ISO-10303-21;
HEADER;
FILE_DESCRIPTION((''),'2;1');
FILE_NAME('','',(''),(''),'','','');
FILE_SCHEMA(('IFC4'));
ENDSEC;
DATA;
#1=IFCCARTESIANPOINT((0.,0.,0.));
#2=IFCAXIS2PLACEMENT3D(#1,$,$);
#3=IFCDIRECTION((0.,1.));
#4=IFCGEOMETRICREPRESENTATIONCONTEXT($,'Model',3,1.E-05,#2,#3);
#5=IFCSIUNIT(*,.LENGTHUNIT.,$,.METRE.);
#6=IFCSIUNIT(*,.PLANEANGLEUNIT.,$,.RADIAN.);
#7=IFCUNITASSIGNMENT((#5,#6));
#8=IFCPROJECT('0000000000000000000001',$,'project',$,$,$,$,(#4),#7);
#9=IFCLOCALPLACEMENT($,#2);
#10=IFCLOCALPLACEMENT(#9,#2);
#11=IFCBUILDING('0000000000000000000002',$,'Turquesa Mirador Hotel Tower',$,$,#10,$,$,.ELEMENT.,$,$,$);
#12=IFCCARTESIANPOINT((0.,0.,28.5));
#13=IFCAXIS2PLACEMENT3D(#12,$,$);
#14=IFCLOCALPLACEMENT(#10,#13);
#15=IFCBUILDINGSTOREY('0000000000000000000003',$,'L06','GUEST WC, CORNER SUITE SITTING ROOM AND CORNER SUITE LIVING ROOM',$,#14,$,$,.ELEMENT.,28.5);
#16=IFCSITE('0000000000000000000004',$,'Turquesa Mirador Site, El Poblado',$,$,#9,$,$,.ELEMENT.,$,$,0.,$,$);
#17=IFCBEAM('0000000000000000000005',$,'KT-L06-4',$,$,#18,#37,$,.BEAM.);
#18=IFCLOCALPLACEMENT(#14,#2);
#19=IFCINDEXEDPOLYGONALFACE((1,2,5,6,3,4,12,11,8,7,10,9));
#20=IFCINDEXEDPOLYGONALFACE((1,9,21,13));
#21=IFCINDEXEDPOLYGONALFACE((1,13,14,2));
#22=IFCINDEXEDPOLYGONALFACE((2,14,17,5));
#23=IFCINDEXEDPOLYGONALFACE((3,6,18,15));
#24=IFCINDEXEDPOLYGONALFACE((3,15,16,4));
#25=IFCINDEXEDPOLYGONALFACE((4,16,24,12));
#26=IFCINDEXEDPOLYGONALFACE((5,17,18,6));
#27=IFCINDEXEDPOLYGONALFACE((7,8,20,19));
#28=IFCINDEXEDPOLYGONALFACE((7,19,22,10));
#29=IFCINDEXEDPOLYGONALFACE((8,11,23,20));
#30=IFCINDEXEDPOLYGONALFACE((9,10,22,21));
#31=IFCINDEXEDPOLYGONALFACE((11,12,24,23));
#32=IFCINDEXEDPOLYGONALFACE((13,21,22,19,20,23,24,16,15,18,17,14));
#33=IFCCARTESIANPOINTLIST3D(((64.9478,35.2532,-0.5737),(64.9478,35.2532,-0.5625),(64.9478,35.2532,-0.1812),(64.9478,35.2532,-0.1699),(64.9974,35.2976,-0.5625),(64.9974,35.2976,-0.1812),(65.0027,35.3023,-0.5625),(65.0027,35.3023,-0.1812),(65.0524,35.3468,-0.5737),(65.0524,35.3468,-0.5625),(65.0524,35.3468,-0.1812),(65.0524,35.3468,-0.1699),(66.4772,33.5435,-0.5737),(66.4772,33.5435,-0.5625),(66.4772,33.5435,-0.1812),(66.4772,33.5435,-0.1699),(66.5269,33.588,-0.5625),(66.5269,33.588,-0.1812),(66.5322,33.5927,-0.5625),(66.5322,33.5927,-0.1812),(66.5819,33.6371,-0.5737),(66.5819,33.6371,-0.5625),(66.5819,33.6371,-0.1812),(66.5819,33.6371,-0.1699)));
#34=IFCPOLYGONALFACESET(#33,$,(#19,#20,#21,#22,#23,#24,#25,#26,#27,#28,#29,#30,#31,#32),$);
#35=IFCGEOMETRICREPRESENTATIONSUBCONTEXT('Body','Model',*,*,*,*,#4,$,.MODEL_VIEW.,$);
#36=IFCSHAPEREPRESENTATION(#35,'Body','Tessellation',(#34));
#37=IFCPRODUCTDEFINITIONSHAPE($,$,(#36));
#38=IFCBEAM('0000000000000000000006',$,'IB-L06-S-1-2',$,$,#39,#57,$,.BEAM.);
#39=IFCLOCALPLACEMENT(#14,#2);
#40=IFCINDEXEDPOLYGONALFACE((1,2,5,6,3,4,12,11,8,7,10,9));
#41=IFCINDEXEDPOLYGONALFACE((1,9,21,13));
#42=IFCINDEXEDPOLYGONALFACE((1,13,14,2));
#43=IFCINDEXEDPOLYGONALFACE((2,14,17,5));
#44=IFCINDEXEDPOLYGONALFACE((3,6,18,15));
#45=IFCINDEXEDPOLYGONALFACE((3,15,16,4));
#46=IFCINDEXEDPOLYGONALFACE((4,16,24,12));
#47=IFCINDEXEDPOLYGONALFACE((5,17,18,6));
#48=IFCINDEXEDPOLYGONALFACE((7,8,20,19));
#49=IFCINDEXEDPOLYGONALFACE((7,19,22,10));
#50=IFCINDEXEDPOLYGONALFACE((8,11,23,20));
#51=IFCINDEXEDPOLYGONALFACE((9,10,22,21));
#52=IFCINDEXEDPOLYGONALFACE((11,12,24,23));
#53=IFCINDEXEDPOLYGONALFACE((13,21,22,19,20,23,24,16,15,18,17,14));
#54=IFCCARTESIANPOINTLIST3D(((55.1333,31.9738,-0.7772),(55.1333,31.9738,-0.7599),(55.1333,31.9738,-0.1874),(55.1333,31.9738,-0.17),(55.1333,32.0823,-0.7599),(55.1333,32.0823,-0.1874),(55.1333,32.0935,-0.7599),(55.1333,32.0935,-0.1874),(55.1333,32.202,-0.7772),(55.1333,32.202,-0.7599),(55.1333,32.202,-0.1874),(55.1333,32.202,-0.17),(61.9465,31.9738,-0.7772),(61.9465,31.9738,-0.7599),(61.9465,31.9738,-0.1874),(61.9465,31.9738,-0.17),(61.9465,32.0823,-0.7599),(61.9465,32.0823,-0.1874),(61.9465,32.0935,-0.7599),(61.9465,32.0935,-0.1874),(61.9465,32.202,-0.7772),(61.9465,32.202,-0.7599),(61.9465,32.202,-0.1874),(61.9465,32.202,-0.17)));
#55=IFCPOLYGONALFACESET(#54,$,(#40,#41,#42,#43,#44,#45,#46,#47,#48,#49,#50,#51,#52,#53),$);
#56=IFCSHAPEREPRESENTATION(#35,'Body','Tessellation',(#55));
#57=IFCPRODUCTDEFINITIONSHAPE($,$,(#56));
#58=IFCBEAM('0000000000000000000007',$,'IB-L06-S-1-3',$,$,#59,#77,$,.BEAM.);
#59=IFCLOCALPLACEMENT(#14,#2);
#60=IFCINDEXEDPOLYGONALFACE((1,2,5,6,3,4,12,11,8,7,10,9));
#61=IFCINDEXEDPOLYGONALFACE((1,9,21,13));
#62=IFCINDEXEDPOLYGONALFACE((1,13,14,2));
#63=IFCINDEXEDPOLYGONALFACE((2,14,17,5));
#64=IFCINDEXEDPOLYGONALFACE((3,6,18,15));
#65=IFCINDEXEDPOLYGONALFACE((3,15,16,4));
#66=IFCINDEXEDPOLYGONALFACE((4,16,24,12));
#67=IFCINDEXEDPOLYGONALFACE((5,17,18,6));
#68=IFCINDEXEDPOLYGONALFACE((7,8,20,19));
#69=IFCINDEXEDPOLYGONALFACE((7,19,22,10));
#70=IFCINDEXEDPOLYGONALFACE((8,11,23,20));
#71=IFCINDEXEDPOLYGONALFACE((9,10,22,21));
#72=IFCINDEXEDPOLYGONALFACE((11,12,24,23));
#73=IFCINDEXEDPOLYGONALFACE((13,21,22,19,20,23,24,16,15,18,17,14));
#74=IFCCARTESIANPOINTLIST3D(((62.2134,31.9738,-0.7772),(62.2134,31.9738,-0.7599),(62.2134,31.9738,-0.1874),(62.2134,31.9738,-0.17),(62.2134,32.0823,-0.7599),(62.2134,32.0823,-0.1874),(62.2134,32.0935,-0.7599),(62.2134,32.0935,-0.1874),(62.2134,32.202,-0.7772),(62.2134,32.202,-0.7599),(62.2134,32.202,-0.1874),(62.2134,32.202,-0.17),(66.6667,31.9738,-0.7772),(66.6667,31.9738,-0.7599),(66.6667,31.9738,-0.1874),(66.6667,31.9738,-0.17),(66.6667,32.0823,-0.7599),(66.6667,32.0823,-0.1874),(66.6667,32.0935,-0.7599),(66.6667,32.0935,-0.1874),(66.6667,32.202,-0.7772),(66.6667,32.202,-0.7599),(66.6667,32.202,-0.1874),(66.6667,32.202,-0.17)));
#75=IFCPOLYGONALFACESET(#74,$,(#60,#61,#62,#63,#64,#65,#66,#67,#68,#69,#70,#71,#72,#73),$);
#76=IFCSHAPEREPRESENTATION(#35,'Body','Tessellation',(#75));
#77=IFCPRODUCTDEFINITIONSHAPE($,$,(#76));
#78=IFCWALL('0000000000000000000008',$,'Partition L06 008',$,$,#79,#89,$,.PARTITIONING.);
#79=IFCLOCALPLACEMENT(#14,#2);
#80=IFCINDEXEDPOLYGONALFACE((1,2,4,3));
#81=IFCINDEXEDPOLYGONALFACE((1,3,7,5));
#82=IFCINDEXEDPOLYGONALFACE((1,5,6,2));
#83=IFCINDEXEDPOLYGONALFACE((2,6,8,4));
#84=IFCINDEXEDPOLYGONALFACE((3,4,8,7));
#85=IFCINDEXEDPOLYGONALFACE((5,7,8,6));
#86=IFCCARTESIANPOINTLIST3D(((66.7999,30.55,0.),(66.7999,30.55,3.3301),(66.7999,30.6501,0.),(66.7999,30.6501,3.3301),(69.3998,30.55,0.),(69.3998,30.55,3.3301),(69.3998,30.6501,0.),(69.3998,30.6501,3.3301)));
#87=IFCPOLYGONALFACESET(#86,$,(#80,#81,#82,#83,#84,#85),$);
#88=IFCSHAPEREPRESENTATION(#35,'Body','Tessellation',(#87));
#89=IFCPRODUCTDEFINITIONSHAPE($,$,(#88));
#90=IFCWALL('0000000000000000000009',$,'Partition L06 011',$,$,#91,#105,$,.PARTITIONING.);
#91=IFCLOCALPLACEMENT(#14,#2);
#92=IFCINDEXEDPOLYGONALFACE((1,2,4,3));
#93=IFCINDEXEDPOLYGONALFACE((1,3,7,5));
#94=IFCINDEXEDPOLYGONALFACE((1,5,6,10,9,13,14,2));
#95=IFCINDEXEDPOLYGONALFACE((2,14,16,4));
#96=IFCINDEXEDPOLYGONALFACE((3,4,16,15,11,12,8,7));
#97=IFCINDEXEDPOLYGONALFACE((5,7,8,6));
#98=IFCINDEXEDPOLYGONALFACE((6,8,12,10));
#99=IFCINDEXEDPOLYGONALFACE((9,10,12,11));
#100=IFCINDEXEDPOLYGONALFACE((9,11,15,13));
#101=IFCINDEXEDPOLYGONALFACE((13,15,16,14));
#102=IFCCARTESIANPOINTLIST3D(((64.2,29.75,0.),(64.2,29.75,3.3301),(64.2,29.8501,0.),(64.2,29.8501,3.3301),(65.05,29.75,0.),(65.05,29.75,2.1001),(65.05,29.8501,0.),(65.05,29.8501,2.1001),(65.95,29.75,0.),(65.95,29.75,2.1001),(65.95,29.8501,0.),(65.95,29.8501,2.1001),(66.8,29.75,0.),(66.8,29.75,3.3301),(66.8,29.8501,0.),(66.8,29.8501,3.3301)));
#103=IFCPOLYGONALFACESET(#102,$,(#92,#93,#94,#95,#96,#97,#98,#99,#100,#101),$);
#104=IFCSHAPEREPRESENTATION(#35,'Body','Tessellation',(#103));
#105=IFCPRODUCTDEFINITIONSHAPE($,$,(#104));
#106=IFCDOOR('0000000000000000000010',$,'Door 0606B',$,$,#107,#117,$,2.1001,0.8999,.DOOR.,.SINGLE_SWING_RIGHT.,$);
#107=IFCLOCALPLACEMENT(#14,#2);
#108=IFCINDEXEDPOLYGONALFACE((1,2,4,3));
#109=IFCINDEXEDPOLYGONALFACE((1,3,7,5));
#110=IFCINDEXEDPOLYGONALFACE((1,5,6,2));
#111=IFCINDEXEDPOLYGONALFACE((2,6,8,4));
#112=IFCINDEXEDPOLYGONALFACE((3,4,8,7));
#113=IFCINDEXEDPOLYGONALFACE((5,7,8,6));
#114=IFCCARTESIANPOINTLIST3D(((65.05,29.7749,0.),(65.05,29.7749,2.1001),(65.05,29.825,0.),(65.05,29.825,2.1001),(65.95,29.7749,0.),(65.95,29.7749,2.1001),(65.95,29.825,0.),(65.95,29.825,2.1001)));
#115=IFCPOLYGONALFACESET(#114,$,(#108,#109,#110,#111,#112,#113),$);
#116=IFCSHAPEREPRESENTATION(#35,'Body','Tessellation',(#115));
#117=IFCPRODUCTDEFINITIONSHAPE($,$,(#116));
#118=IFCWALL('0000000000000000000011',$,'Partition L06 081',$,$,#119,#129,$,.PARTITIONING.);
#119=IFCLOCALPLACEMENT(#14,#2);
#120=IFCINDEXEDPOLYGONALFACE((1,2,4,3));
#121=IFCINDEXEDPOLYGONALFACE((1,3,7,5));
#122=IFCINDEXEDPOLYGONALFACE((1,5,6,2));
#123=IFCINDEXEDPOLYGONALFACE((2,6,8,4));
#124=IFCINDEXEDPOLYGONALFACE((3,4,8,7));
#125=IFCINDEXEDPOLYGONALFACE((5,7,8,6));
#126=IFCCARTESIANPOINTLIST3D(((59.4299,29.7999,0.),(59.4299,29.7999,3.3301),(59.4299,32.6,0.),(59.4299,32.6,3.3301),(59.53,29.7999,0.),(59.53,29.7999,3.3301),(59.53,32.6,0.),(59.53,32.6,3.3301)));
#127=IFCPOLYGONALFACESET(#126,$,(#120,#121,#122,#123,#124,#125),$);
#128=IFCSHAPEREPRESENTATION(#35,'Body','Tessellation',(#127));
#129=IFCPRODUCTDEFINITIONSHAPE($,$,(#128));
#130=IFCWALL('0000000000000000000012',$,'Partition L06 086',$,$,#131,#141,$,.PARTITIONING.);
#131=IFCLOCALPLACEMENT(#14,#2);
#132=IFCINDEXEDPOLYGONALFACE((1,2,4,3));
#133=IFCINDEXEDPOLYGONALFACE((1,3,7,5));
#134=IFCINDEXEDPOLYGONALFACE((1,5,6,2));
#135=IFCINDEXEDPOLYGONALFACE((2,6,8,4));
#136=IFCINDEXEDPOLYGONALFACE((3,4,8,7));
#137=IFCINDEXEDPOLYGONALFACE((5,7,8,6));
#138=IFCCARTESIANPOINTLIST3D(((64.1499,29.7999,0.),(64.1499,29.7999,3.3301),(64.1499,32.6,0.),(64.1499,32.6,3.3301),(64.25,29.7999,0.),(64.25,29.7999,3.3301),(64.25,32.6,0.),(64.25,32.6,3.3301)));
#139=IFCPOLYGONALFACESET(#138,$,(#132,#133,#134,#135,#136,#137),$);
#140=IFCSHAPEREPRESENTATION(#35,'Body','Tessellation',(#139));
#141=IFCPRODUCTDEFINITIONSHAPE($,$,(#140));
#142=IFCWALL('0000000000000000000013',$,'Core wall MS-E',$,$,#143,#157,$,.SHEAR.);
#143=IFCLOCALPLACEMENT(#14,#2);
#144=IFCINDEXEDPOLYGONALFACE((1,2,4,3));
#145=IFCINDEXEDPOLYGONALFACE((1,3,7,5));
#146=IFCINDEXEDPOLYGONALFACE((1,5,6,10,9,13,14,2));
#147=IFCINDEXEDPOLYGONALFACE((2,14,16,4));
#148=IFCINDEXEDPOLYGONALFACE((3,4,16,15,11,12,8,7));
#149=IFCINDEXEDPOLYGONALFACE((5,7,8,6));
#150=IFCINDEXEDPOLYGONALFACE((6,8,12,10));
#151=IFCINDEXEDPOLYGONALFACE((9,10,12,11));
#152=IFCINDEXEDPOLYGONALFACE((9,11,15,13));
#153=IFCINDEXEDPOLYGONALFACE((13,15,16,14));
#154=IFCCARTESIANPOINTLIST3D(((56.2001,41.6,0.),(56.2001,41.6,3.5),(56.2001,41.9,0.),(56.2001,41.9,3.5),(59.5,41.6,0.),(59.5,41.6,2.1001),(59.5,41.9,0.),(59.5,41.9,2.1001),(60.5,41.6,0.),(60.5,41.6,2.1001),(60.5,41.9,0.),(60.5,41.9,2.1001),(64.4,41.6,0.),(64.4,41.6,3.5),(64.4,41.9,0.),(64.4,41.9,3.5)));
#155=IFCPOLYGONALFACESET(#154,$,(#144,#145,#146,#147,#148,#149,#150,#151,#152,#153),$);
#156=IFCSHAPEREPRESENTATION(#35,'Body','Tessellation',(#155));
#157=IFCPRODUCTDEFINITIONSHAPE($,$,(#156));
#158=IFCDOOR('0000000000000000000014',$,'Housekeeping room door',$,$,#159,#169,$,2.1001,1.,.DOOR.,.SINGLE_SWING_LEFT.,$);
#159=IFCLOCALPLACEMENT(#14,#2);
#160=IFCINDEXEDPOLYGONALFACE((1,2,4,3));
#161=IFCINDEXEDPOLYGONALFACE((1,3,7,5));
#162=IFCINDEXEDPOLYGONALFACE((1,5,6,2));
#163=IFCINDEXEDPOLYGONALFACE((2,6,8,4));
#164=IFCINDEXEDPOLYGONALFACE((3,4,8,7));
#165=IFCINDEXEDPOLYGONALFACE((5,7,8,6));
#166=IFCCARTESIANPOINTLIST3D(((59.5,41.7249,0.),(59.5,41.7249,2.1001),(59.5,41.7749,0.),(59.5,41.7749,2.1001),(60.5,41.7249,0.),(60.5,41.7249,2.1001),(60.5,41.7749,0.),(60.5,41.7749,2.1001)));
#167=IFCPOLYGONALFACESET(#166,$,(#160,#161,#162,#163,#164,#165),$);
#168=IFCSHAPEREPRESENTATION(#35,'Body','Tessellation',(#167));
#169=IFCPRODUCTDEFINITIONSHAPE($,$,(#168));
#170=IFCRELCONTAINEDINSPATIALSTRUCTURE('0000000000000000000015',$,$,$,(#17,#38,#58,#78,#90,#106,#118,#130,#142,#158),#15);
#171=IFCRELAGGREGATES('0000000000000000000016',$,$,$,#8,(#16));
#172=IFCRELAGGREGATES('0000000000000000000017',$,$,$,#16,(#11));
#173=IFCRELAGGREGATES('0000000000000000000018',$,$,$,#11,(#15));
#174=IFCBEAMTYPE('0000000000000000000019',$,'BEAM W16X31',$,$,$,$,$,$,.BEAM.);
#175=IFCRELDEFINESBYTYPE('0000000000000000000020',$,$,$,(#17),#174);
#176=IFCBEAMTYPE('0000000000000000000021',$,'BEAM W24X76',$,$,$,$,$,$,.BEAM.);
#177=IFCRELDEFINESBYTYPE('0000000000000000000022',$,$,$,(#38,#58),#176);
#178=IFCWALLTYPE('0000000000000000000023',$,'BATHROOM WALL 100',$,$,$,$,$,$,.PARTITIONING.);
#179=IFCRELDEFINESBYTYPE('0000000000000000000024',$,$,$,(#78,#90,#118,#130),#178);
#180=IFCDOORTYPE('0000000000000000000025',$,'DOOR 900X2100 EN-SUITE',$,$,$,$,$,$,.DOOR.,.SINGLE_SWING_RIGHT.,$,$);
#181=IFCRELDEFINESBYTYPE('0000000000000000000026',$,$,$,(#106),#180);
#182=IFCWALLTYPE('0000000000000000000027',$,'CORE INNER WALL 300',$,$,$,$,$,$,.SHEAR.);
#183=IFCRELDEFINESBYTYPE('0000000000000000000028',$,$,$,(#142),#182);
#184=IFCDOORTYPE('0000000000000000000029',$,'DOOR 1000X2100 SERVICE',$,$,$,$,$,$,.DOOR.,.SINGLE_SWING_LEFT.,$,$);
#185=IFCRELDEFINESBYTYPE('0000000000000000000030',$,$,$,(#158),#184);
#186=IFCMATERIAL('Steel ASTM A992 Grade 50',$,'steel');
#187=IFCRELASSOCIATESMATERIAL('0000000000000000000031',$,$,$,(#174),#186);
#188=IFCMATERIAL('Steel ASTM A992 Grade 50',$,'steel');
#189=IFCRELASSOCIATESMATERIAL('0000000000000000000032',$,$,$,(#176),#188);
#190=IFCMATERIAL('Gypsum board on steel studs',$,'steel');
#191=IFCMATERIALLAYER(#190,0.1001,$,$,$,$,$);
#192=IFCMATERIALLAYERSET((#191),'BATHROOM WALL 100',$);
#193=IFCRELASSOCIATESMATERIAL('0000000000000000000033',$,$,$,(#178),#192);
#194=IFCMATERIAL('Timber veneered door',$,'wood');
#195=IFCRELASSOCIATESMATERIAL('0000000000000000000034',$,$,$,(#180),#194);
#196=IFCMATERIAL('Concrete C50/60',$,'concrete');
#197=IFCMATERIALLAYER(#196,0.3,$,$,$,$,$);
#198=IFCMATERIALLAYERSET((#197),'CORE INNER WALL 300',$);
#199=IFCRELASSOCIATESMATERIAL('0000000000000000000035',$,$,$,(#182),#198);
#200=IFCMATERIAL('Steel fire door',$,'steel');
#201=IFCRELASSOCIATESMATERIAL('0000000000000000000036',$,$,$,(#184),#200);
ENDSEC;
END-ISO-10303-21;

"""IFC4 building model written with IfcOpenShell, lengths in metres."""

from ifc_helpers import new_model, si_unit, direction, frame, frame_2d, origin, origin_2d, place, context, subcontext, project, spatial, rectangle, i_section, extrude, material, layer, layer_set, material_profile, profile_set, type_object, element, fill, save


model = new_model("IFC4")

# Units and contexts
model_context = context("Model", 3, precision=1e-05, world=origin(), true_north=direction((0.0, 1.0)))
body_context = subcontext(model_context, "Body", "Model", "MODEL_VIEW")
ifc_project = project(units=[si_unit("LENGTHUNIT", "METRE"), si_unit("PLANEANGLEUNIT", "RADIAN")], contexts=[model_context])

# Site, building, storey
site_placement = place(None, origin())
site = spatial("IfcSite", under=ifc_project, at=site_placement, Name="Turquesa Mirador Site, El Poblado", CompositionType="ELEMENT", RefElevation=0.0)
building_placement = place(site_placement, origin())
building = spatial("IfcBuilding", under=site, at=building_placement, Name="Turquesa Mirador Hotel Tower", CompositionType="ELEMENT")
storey_placement = place(building_placement, frame((0.0, 0.0, 28.5)))
storey = spatial("IfcBuildingStorey", under=building, at=storey_placement, Name="L06", Description="GUEST WC, CORNER SUITE SITTING ROOM AND CORNER SUITE LIVING ROOM", CompositionType="ELEMENT", Elevation=28.5)

# Beams
ifc_material_1 = material(Name="Steel ASTM A992 Grade 50", Category="steel")
ifc_material_profile_1 = material_profile(ifc_material_1, i_section(OverallWidth=0.1404, OverallDepth=0.4038, WebThickness=0.0071, FlangeThickness=0.0112, at=origin_2d()), Name="W16X31")
ifc_profile_set_1 = profile_set([ifc_material_profile_1], Name="Steel ASTM A992 Grade 50")
beam_type_1 = type_object("IfcBeamType", Name="BEAM W16X31", PredefinedType="BEAM", material=ifc_profile_set_1)
beam_1_placement = place(storey_placement, frame((66.5295, 33.5903, -0.3718), z_axis=(-0.666745, 0.745286, 0.0), x_axis=(-0.745286, -0.666745, 0.0)))
element("IfcBeam", 1, at=beam_1_placement, inside=storey, type_object=beam_type_1, Name="KT-L06-4", PredefinedType="BEAM", context=body_context, shape_type="SweptSolid", body=[
    extrude(i_section(OverallWidth=0.1404, OverallDepth=0.4038, WebThickness=0.0071, FlangeThickness=0.0112, at=origin_2d()), origin(), (0.0, 0.0, 1.0), 2.2939),
])
ifc_material_2 = material(Name="Steel ASTM A992 Grade 50", Category="steel")
ifc_material_profile_2 = material_profile(ifc_material_2, i_section(OverallWidth=0.2283, OverallDepth=0.6072, WebThickness=0.0112, FlangeThickness=0.0173, at=origin_2d()), Name="W24X76")
ifc_profile_set_2 = profile_set([ifc_material_profile_2], Name="Steel ASTM A992 Grade 50")
beam_type_2 = type_object("IfcBeamType", Name="BEAM W24X76", PredefinedType="BEAM", material=ifc_profile_set_2)
beam_2_placement = place(storey_placement, frame((55.1333, 32.0879, -0.4736), z_axis=(1.0, 0.0, 0.0), x_axis=(0.0, 1.0, 0.0)))
element("IfcBeam", 2, at=beam_2_placement, inside=storey, type_object=beam_type_2, Name="IB-L06-S-1-2", PredefinedType="BEAM", context=body_context, shape_type="SweptSolid", body=[
    extrude(i_section(OverallWidth=0.2283, OverallDepth=0.6072, WebThickness=0.0112, FlangeThickness=0.0173, at=origin_2d()), origin(), (0.0, 0.0, 1.0), 6.8132),
])
beam_3_placement = place(storey_placement, frame((62.2134, 32.0879, -0.4736), z_axis=(1.0, 0.0, 0.0), x_axis=(0.0, 1.0, 0.0)))
element("IfcBeam", 3, at=beam_3_placement, inside=storey, type_object=beam_type_2, Name="IB-L06-S-1-3", PredefinedType="BEAM", context=body_context, shape_type="SweptSolid", body=[
    extrude(i_section(OverallWidth=0.2283, OverallDepth=0.6072, WebThickness=0.0112, FlangeThickness=0.0173, at=origin_2d()), origin(), (0.0, 0.0, 1.0), 4.4534),
])

# Wall
ifc_material_3 = material(Name="Gypsum board on steel studs", Category="steel")
ifc_layer_1 = layer(ifc_material_3, 0.1001)
ifc_layer_set_1 = layer_set([ifc_layer_1], Name="BATHROOM WALL 100")
wall_type_1 = type_object("IfcWallType", Name="BATHROOM WALL 100", PredefinedType="PARTITIONING", material=ifc_layer_set_1)
wall_1_placement = place(storey_placement, frame((66.8, 30.6001, 0.0), z_axis=(0.0, 0.0, 1.0), x_axis=(1.0, 0.0, 0.0)))
element("IfcWall", 4, at=wall_1_placement, inside=storey, type_object=wall_type_1, Name="Partition L06 008", PredefinedType="PARTITIONING", context=body_context, shape_type="SweptSolid", body=[
    extrude(rectangle(XDim=2.5999, YDim=0.1001, at=frame_2d((1.2998, 0.0))), origin(), (0.0, 0.0, 1.0), 3.3301),
])

# Wall, opening, door
wall_2_placement = place(storey_placement, frame((64.2, 29.8, 0.0), z_axis=(0.0, 0.0, 1.0), x_axis=(1.0, 0.0, 0.0)))
wall_2 = element("IfcWall", 5, at=wall_2_placement, inside=storey, type_object=wall_type_1, Name="Partition L06 011", PredefinedType="PARTITIONING", context=body_context, shape_type="SweptSolid", body=[
    extrude(rectangle(XDim=2.6001, YDim=0.1001, at=frame_2d((1.3, 0.0))), origin(), (0.0, 0.0, 1.0), 3.3301),
])
opening_1_placement = place(wall_2_placement, frame((0.8501, 0.0, 0.0)))
opening_1 = element("IfcOpeningElement", 6, at=opening_1_placement, cuts=wall_2, PredefinedType="OPENING", context=body_context, shape_type="SweptSolid", body=[
    extrude(rectangle(XDim=0.8999, YDim=2.1001, at=frame_2d((0.45, 1.05))), frame((0.0, 0.0601, 0.0), z_axis=(0.0, -1.0, 0.0), x_axis=(1.0, 0.0, 0.0)), (0.0, 0.0, 1.0), 0.1201),
])
ifc_material_4 = material(Name="Timber veneered door", Category="wood")
door_type_1 = type_object("IfcDoorType", Name="DOOR 900X2100 EN-SUITE", OperationType="SINGLE_SWING_RIGHT", PredefinedType="DOOR", material=ifc_material_4)
door_1_placement = place(opening_1_placement, origin())
door_1 = element("IfcDoor", 7, at=door_1_placement, inside=storey, type_object=door_type_1, Name="Door 0606B", OperationType="SINGLE_SWING_RIGHT", OverallHeight=2.1001, OverallWidth=0.8999, PredefinedType="DOOR", context=body_context, shape_type="SweptSolid", body=[
    extrude(rectangle(XDim=0.8999, YDim=2.1001, at=frame_2d((0.45, 1.05))), frame((0.0, 0.0249, 0.0), z_axis=(0.0, -1.0, 0.0), x_axis=(1.0, 0.0, 0.0)), (0.0, 0.0, 1.0), 0.05),
])
fill(opening_1, door_1)

# Walls
for number, where, z_axis, x_axis, name in (
    (8, (59.48, 29.8, 0.0), (0.0, 0.0, 1.0), (0.0, 1.0, 0.0), "Partition L06 081"),
    (9, (64.2, 29.8, 0.0), (0.0, 0.0, 1.0), (0.0, 1.0, 0.0), "Partition L06 086"),
):
    element("IfcWall", number, at=place(storey_placement, frame(where, z_axis=z_axis, x_axis=x_axis)), inside=storey, type_object=wall_type_1, Name=name, PredefinedType="PARTITIONING", context=body_context, shape_type="SweptSolid", body=[
        extrude(rectangle(XDim=2.8, YDim=0.1001, at=frame_2d((1.3999, 0.0))), origin(), (0.0, 0.0, 1.0), 3.3301),
    ])

# Wall, opening, door
ifc_material_5 = material(Name="Concrete C50/60", Category="concrete")
ifc_layer_2 = layer(ifc_material_5, 0.3)
ifc_layer_set_2 = layer_set([ifc_layer_2], Name="CORE INNER WALL 300")
wall_type_2 = type_object("IfcWallType", Name="CORE INNER WALL 300", PredefinedType="SHEAR", material=ifc_layer_set_2)
wall_3_placement = place(storey_placement, frame((56.2, 41.75, 0.0), z_axis=(0.0, 0.0, 1.0), x_axis=(1.0, 0.0, 0.0)))
wall_3 = element("IfcWall", 10, at=wall_3_placement, inside=storey, type_object=wall_type_2, Name="Core wall MS-E", PredefinedType="SHEAR", context=body_context, shape_type="SweptSolid", body=[
    extrude(rectangle(XDim=8.2, YDim=0.3, at=frame_2d((4.1001, 0.0))), origin(), (0.0, 0.0, 1.0), 3.5),
])
opening_2_placement = place(wall_3_placement, frame((3.3, 0.0, 0.0)))
opening_2 = element("IfcOpeningElement", 11, at=opening_2_placement, cuts=wall_3, PredefinedType="OPENING", context=body_context, shape_type="SweptSolid", body=[
    extrude(rectangle(XDim=1.0, YDim=2.1001, at=frame_2d((0.5, 1.05))), frame((0.0, 0.1599, 0.0), z_axis=(0.0, -1.0, 0.0), x_axis=(1.0, 0.0, 0.0)), (0.0, 0.0, 1.0), 0.3201),
])
ifc_material_6 = material(Name="Steel fire door", Category="steel")
door_type_2 = type_object("IfcDoorType", Name="DOOR 1000X2100 SERVICE", OperationType="SINGLE_SWING_LEFT", PredefinedType="DOOR", material=ifc_material_6)
door_2_placement = place(opening_2_placement, origin())
door_2 = element("IfcDoor", 12, at=door_2_placement, inside=storey, type_object=door_type_2, Name="Housekeeping room door", OperationType="SINGLE_SWING_LEFT", OverallHeight=2.1001, OverallWidth=1.0, PredefinedType="DOOR", context=body_context, shape_type="SweptSolid", body=[
    extrude(rectangle(XDim=1.0, YDim=2.1001, at=frame_2d((0.5, 1.05))), frame((0.0, 0.0249, 0.0), z_axis=(0.0, -1.0, 0.0), x_axis=(1.0, 0.0, 0.0)), (0.0, 0.0, 1.0), 0.05),
])
fill(opening_2, door_2)

save(model, "model.ifc")
